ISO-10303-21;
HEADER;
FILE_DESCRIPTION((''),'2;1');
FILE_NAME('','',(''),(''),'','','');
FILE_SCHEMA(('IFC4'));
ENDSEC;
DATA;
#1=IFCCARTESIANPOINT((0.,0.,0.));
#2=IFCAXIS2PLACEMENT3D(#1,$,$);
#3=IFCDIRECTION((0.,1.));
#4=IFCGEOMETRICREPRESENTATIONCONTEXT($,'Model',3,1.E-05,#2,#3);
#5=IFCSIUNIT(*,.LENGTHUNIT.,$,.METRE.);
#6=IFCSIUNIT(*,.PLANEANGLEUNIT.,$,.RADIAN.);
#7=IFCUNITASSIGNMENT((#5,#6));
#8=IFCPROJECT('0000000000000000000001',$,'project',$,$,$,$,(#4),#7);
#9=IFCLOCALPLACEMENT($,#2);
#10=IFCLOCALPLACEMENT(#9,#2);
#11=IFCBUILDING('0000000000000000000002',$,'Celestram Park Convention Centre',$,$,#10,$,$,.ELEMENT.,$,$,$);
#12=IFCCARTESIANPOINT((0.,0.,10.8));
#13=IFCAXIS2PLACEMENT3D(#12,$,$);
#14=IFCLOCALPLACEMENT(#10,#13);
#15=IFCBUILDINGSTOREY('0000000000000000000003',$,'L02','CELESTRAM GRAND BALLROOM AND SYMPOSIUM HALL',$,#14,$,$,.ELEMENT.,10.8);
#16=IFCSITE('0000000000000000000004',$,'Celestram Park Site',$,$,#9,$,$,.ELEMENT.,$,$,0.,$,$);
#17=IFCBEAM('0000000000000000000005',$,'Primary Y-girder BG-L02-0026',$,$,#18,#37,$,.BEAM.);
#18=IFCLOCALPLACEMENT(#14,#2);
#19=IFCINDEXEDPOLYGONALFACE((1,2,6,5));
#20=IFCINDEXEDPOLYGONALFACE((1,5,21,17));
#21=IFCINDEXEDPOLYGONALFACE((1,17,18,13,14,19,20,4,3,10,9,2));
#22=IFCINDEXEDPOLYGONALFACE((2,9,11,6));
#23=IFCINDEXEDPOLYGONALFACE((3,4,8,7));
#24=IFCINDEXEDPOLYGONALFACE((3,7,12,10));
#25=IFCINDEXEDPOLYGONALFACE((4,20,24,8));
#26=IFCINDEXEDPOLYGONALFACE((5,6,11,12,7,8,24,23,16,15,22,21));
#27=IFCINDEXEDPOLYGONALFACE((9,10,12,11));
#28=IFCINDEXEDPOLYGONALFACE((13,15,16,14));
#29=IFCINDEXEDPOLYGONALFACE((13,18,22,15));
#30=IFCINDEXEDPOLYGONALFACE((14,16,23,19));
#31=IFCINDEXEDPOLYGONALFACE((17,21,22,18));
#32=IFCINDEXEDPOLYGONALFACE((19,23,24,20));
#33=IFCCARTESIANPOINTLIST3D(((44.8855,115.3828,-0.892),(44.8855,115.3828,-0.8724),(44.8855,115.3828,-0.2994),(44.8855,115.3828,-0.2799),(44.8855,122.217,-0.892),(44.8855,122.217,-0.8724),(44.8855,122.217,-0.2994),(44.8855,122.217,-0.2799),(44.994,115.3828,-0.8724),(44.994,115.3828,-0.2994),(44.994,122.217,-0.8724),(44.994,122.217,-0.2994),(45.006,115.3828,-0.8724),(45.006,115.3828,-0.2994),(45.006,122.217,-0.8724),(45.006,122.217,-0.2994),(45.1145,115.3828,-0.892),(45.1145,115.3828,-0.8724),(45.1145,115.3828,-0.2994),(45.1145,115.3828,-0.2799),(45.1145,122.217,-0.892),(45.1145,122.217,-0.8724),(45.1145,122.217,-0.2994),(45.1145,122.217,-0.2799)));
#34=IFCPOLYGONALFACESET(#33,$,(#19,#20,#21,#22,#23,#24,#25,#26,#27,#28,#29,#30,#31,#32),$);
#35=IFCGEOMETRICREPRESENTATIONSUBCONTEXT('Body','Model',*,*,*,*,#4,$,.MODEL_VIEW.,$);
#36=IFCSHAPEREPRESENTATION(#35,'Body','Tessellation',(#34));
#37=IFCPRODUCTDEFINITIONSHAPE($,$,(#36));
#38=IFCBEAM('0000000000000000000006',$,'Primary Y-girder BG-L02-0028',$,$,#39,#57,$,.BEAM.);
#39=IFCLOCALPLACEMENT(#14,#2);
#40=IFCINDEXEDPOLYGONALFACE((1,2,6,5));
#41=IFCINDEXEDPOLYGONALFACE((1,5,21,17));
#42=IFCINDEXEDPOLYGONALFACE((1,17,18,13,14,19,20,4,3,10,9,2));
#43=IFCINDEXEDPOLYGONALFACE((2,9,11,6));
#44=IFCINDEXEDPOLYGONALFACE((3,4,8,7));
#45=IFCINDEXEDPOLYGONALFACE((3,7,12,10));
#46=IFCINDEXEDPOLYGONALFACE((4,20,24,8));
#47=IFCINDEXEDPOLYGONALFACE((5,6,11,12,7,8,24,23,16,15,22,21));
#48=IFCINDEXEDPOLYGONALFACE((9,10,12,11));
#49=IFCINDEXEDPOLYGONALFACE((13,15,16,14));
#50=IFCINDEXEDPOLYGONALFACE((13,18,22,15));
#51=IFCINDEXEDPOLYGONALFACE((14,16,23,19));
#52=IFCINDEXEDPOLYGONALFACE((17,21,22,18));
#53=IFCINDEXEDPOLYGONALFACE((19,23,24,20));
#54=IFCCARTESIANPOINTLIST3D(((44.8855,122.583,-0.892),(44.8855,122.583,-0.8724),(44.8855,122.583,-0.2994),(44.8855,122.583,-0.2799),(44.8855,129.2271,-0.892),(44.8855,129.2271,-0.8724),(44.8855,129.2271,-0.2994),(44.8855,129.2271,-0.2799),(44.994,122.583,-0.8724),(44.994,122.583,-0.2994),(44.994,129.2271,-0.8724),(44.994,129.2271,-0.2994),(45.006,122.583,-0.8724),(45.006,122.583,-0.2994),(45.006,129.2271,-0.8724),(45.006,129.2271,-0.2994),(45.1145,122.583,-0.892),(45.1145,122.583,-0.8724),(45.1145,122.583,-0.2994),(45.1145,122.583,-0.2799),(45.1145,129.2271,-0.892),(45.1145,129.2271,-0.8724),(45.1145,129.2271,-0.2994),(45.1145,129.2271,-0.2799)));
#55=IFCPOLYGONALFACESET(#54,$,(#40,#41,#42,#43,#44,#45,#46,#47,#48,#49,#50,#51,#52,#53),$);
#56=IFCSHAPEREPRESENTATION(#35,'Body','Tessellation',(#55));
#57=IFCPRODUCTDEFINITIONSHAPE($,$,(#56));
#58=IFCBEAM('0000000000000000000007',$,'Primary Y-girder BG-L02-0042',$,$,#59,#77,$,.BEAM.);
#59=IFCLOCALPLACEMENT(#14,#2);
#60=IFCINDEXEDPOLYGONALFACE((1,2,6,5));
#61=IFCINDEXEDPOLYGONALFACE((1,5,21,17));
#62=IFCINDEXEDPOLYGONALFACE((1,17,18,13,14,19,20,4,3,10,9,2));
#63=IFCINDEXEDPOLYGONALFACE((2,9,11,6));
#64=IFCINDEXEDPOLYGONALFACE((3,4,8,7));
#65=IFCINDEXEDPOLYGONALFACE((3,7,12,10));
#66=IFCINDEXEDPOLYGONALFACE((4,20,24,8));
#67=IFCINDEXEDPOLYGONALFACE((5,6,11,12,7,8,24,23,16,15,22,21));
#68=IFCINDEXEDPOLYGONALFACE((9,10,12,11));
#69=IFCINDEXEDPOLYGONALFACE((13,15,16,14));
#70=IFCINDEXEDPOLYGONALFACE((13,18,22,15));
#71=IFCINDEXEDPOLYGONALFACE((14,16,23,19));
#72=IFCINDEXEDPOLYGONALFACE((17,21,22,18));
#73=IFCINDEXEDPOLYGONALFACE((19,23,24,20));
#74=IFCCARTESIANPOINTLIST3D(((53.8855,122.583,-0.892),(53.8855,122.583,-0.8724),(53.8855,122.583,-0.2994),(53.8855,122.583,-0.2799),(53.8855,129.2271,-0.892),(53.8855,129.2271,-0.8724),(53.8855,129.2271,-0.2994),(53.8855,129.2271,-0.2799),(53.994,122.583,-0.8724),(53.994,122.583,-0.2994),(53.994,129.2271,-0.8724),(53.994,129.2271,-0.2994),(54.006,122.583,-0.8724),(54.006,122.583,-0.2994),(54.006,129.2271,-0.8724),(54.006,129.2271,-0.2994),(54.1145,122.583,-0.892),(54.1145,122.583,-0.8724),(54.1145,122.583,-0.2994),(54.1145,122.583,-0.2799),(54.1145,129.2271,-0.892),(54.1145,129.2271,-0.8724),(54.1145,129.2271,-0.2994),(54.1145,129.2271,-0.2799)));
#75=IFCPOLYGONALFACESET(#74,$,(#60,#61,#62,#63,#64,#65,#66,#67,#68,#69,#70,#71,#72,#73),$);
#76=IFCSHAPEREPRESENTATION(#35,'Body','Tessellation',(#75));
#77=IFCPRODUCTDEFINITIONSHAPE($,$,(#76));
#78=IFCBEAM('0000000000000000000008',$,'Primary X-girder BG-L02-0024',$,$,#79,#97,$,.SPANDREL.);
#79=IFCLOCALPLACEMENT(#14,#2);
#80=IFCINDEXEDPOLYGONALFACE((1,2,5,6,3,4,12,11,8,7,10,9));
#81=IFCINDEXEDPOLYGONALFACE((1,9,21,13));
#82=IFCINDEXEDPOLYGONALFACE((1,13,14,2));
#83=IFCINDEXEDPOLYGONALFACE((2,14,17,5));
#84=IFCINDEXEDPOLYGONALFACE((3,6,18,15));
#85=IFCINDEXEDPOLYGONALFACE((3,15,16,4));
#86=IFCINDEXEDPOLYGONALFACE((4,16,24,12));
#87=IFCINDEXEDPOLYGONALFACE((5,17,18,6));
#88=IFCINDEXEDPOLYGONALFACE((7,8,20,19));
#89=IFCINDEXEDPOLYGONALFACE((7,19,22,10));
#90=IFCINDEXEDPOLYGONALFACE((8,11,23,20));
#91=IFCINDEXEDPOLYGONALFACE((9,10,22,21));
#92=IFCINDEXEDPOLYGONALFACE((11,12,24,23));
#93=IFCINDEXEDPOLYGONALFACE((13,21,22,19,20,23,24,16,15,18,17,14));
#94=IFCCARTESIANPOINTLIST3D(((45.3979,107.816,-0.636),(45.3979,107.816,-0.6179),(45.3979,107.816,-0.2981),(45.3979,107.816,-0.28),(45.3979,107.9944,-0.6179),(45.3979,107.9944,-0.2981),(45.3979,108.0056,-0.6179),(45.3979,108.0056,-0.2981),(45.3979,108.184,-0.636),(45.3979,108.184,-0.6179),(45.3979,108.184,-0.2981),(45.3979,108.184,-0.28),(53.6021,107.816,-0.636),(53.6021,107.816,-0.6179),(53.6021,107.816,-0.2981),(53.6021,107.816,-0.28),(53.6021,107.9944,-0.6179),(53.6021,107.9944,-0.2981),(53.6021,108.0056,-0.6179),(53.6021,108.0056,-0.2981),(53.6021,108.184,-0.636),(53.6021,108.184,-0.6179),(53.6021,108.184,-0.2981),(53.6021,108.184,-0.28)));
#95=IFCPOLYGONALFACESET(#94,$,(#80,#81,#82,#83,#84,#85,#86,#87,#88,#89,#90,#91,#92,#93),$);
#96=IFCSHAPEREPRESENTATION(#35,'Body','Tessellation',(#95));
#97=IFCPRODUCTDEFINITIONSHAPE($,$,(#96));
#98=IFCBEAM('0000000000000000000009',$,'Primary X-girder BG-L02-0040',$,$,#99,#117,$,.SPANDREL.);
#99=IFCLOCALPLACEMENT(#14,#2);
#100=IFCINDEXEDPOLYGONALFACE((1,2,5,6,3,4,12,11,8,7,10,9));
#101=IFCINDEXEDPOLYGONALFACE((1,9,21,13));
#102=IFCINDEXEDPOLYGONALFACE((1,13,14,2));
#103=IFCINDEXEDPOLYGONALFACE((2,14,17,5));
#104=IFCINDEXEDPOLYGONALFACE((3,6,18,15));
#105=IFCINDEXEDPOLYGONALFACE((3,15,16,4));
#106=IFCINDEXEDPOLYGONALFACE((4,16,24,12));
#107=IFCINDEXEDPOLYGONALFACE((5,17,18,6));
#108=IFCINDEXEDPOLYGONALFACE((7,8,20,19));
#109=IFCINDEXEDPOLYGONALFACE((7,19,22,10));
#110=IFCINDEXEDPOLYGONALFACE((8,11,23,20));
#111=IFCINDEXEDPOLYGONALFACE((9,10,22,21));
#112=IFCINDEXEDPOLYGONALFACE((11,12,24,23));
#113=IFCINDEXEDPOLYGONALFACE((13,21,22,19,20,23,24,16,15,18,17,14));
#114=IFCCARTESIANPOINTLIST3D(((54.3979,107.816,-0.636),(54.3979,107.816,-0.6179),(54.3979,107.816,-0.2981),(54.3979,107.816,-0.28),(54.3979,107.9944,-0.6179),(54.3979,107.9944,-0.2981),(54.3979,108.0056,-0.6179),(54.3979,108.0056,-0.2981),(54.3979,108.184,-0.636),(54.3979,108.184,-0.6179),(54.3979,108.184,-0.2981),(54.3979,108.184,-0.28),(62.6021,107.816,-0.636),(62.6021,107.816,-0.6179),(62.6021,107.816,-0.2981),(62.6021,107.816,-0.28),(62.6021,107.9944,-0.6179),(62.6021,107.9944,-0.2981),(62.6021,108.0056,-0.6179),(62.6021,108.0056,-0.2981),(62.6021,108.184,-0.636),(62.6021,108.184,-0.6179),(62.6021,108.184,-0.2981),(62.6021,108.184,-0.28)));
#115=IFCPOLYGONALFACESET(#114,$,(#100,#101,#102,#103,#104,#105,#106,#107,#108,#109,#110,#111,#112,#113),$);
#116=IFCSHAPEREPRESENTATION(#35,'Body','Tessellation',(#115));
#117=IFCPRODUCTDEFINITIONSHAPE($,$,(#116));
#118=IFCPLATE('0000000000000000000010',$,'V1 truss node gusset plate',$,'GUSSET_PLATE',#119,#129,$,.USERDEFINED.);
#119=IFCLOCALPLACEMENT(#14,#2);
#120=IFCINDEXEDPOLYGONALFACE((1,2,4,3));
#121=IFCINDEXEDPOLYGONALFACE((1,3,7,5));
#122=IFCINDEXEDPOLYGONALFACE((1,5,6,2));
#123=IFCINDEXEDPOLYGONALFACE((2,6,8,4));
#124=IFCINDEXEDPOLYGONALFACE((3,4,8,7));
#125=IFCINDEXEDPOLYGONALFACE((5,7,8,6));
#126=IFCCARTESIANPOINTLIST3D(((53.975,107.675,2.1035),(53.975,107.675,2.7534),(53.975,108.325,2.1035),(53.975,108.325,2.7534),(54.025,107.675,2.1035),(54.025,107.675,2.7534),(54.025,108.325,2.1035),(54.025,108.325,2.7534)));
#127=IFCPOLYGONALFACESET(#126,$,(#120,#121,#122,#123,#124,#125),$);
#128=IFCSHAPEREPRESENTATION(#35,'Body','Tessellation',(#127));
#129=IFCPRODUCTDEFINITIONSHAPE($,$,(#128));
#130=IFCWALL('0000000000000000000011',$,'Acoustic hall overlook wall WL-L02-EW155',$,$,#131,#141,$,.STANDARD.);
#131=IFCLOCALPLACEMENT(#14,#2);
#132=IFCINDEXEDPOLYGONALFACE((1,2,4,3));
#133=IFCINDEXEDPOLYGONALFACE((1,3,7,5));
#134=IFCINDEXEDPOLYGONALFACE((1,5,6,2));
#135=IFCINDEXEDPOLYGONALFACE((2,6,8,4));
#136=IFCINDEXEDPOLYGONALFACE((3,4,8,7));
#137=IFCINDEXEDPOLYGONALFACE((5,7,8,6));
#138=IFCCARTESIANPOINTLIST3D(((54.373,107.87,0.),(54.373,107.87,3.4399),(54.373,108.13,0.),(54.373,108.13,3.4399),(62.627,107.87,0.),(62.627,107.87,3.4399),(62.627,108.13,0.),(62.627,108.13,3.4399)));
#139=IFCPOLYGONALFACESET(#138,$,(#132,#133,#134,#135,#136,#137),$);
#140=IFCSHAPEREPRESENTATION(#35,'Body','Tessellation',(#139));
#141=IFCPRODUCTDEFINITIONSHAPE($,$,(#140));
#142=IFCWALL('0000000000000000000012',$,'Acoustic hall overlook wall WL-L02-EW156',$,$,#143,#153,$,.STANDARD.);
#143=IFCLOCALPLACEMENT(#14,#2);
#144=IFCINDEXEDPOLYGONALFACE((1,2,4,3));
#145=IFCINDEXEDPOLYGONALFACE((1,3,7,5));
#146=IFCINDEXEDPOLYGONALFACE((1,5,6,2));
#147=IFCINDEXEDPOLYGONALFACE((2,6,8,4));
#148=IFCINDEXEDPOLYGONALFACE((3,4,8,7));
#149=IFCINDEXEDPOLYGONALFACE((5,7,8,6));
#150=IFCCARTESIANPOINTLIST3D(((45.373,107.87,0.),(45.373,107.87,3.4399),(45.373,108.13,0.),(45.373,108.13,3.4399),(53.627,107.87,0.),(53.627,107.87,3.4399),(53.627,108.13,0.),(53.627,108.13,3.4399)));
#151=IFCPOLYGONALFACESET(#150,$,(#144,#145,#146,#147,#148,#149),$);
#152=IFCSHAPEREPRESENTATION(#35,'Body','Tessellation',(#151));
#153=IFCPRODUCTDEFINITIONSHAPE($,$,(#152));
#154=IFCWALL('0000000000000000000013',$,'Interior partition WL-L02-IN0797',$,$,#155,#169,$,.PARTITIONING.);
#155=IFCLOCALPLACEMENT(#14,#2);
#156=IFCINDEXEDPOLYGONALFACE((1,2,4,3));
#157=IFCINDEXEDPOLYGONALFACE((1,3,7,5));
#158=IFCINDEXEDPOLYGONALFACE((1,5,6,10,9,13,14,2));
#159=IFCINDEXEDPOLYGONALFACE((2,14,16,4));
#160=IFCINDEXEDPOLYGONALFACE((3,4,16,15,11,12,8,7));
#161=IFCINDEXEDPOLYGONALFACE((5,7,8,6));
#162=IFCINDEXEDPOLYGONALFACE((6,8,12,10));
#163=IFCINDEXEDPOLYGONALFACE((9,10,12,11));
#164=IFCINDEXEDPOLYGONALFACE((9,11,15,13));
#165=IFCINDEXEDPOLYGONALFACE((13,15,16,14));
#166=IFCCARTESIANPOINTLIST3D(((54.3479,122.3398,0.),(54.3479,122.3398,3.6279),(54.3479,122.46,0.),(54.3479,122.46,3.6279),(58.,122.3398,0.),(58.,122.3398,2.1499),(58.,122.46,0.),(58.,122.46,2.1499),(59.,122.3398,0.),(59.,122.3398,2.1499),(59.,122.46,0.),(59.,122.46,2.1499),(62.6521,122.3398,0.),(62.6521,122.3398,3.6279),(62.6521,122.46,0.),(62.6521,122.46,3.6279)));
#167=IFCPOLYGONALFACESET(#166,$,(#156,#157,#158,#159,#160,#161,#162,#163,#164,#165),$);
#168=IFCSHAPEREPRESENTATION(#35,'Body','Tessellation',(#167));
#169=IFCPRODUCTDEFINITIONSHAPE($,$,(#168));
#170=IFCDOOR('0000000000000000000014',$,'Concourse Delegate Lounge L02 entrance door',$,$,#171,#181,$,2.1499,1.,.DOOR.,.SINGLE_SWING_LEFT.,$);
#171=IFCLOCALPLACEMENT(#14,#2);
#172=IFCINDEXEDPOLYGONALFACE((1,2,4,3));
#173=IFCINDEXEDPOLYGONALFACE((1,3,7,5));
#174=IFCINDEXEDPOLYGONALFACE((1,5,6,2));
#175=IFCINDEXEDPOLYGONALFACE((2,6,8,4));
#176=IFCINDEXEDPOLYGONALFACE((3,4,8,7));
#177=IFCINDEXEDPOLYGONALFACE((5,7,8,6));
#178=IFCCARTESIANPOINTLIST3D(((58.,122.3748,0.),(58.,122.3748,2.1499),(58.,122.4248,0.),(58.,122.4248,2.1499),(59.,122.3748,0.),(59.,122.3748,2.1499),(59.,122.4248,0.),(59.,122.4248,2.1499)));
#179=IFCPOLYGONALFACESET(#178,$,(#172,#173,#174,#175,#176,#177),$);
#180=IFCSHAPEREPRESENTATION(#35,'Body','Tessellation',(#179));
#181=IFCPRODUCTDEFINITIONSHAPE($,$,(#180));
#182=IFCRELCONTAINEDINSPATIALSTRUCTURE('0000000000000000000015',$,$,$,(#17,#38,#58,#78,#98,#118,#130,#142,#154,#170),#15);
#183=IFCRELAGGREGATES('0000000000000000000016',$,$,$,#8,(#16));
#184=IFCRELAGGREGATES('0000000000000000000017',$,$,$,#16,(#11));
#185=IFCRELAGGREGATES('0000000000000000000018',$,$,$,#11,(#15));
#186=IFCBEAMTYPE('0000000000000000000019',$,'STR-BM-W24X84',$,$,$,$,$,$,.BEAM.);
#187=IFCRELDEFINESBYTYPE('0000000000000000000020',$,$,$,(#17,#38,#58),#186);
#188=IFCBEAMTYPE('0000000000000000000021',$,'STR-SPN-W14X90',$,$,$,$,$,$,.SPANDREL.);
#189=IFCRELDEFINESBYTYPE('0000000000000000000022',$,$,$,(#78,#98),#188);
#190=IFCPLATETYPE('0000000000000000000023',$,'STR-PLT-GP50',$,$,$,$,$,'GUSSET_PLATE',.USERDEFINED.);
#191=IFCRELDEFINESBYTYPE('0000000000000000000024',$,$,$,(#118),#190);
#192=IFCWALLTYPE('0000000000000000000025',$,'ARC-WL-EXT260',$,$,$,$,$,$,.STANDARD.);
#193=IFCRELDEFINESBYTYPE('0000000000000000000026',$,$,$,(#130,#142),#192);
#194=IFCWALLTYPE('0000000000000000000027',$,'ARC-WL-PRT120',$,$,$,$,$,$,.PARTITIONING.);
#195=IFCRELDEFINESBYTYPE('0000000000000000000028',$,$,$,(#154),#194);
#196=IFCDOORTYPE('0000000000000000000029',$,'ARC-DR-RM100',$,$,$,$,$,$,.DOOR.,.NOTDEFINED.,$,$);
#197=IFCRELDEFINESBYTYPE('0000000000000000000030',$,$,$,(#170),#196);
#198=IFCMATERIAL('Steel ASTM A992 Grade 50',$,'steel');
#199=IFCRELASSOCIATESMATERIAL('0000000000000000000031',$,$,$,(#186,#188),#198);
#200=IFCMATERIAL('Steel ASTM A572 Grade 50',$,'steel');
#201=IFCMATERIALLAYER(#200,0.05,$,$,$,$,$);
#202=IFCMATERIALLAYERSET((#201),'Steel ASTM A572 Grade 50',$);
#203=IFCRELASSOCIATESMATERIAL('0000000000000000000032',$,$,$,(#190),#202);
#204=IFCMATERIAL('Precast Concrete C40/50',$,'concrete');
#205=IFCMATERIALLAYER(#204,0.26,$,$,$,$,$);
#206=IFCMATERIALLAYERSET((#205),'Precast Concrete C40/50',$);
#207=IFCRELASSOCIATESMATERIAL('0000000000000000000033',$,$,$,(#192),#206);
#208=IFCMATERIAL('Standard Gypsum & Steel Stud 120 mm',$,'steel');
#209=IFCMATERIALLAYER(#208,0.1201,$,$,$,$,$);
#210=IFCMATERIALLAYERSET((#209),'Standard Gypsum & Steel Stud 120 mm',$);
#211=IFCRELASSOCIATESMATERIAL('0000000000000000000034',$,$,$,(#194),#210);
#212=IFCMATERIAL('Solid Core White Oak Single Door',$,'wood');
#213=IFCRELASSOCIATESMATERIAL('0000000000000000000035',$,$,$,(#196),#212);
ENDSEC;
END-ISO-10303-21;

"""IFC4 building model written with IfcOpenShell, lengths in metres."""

from ifc_helpers import new_model, si_unit, direction, frame, frame_2d, origin, origin_2d, place, context, subcontext, project, spatial, rectangle, i_section, extrude, material, layer, layer_set, material_profile, profile_set, type_object, element, fill, save


model = new_model("IFC4")

# Units and contexts
model_context = context("Model", 3, precision=1e-05, world=origin(), true_north=direction((0.0, 1.0)))
body_context = subcontext(model_context, "Body", "Model", "MODEL_VIEW")
ifc_project = project(units=[si_unit("LENGTHUNIT", "METRE"), si_unit("PLANEANGLEUNIT", "RADIAN")], contexts=[model_context])

# Site, building, storey
site_placement = place(None, origin())
site = spatial("IfcSite", under=ifc_project, at=site_placement, Name="Celestram Park Site", CompositionType="ELEMENT", RefElevation=0.0)
building_placement = place(site_placement, origin())
building = spatial("IfcBuilding", under=site, at=building_placement, Name="Celestram Park Convention Centre", CompositionType="ELEMENT")
storey_placement = place(building_placement, frame((0.0, 0.0, 10.8)))
storey = spatial("IfcBuildingStorey", under=building, at=storey_placement, Name="L02", Description="CELESTRAM GRAND BALLROOM AND SYMPOSIUM HALL", CompositionType="ELEMENT", Elevation=10.8)

# Beams
ifc_material_1 = material(Name="Steel ASTM A992 Grade 50", Category="steel")
ifc_material_profile_1 = material_profile(ifc_material_1, i_section(OverallWidth=0.229, OverallDepth=0.6121, WebThickness=0.012, FlangeThickness=0.0195, at=origin_2d()), Name="W24X84")
ifc_profile_set_1 = profile_set([ifc_material_profile_1], Name="Steel ASTM A992 Grade 50")
beam_type_1 = type_object("IfcBeamType", Name="STR-BM-W24X84", PredefinedType="BEAM", material=ifc_profile_set_1)
beam_1_placement = place(storey_placement, frame((45.0, 115.3828, -0.5859), z_axis=(0.0, 1.0, 0.0), x_axis=(-1.0, 0.0, 0.0)))
element("IfcBeam", 1, at=beam_1_placement, inside=storey, type_object=beam_type_1, Name="Primary Y-girder BG-L02-0026", PredefinedType="BEAM", context=body_context, shape_type="SweptSolid", body=[
    extrude(i_section(OverallWidth=0.229, OverallDepth=0.6121, WebThickness=0.012, FlangeThickness=0.0195, at=origin_2d()), origin(), (0.0, 0.0, 1.0), 6.8342),
])
for number, where, z_axis, x_axis, name in (
    (2, (45.0, 122.583, -0.5859), (0.0, 1.0, 0.0), (-1.0, 0.0, 0.0), "Primary Y-girder BG-L02-0028"),
    (3, (54.0, 122.583, -0.5859), (0.0, 1.0, 0.0), (-1.0, 0.0, 0.0), "Primary Y-girder BG-L02-0042"),
):
    element("IfcBeam", number, at=place(storey_placement, frame(where, z_axis=z_axis, x_axis=x_axis)), inside=storey, type_object=beam_type_1, Name=name, PredefinedType="BEAM", context=body_context, shape_type="SweptSolid", body=[
        extrude(i_section(OverallWidth=0.229, OverallDepth=0.6121, WebThickness=0.012, FlangeThickness=0.0195, at=origin_2d()), origin(), (0.0, 0.0, 1.0), 6.644),
    ])
ifc_material_profile_2 = material_profile(ifc_material_1, i_section(OverallWidth=0.3679, OverallDepth=0.356, WebThickness=0.0112, FlangeThickness=0.0181, at=origin_2d()), Name="W14X90")
ifc_profile_set_2 = profile_set([ifc_material_profile_2], Name="Steel ASTM A992 Grade 50")
beam_type_2 = type_object("IfcBeamType", Name="STR-SPN-W14X90", PredefinedType="SPANDREL", material=ifc_profile_set_2)
for number, where, z_axis, x_axis, name in (
    (4, (45.3979, 108.0, -0.458), (1.0, 0.0, 0.0), (0.0, 1.0, 0.0), "Primary X-girder BG-L02-0024"),
    (5, (54.3979, 108.0, -0.458), (1.0, 0.0, 0.0), (0.0, 1.0, 0.0), "Primary X-girder BG-L02-0040"),
):
    element("IfcBeam", number, at=place(storey_placement, frame(where, z_axis=z_axis, x_axis=x_axis)), inside=storey, type_object=beam_type_2, Name=name, PredefinedType="SPANDREL", context=body_context, shape_type="SweptSolid", body=[
        extrude(i_section(OverallWidth=0.3679, OverallDepth=0.356, WebThickness=0.0112, FlangeThickness=0.0181, at=origin_2d()), origin(), (0.0, 0.0, 1.0), 8.2041),
    ])

# Plate
ifc_material_2 = material(Name="Steel ASTM A572 Grade 50", Category="steel")
ifc_layer_1 = layer(ifc_material_2, 0.05)
ifc_layer_set_1 = layer_set([ifc_layer_1], Name="Steel ASTM A572 Grade 50")
plate_type = type_object("IfcPlateType", Name="STR-PLT-GP50", ElementType="GUSSET_PLATE", PredefinedType="USERDEFINED", material=ifc_layer_set_1)
plate_placement = place(storey_placement, frame((54.0, 108.0, 2.1035), z_axis=(0.0, 0.0, 1.0), x_axis=(0.0, 1.0, 0.0)))
element("IfcPlate", 6, at=plate_placement, inside=storey, type_object=plate_type, Name="V1 truss node gusset plate", ObjectType="GUSSET_PLATE", PredefinedType="USERDEFINED", context=body_context, shape_type="SweptSolid", body=[
    extrude(rectangle(XDim=0.6499, YDim=0.05, at=origin_2d()), origin(), (0.0, 0.0, 1.0), 0.6499),
])

# Walls
ifc_material_3 = material(Name="Precast Concrete C40/50", Category="concrete")
ifc_layer_2 = layer(ifc_material_3, 0.26)
ifc_layer_set_2 = layer_set([ifc_layer_2], Name="Precast Concrete C40/50")
wall_type_1 = type_object("IfcWallType", Name="ARC-WL-EXT260", PredefinedType="STANDARD", material=ifc_layer_set_2)
for number, where, z_axis, x_axis, name in (
    (7, (62.627, 108.0, 0.0), (0.0, 0.0, 1.0), (-1.0, 0.0, 0.0), "Acoustic hall overlook wall WL-L02-EW155"),
    (8, (53.627, 108.0, 0.0), (0.0, 0.0, 1.0), (-1.0, 0.0, 0.0), "Acoustic hall overlook wall WL-L02-EW156"),
):
    element("IfcWall", number, at=place(storey_placement, frame(where, z_axis=z_axis, x_axis=x_axis)), inside=storey, type_object=wall_type_1, Name=name, PredefinedType="STANDARD", context=body_context, shape_type="SweptSolid", body=[
        extrude(rectangle(XDim=8.2539, YDim=0.26, at=frame_2d((4.127, 0.0))), origin(), (0.0, 0.0, 1.0), 3.4399),
    ])

# Wall, opening, door
ifc_material_4 = material(Name="Standard Gypsum & Steel Stud 120 mm", Category="steel")
ifc_layer_3 = layer(ifc_material_4, 0.1201)
ifc_layer_set_3 = layer_set([ifc_layer_3], Name="Standard Gypsum & Steel Stud 120 mm")
wall_type_2 = type_object("IfcWallType", Name="ARC-WL-PRT120", PredefinedType="PARTITIONING", material=ifc_layer_set_3)
wall_1_placement = place(storey_placement, frame((54.3479, 122.3999, 0.0), z_axis=(0.0, 0.0, 1.0), x_axis=(1.0, 0.0, 0.0)))
wall_1 = element("IfcWall", 9, at=wall_1_placement, inside=storey, type_object=wall_type_2, Name="Interior partition WL-L02-IN0797", PredefinedType="PARTITIONING", context=body_context, shape_type="SweptSolid", body=[
    extrude(rectangle(XDim=8.3042, YDim=0.1201, at=frame_2d((4.1521, 0.0))), origin(), (0.0, 0.0, 1.0), 3.6279),
])
opening_placement = place(wall_1_placement, frame((3.6521, 0.0, 0.0)))
opening = element("IfcOpeningElement", 10, at=opening_placement, cuts=wall_1, PredefinedType="OPENING", context=body_context, shape_type="SweptSolid", body=[
    extrude(rectangle(XDim=1.0, YDim=2.1499, at=frame_2d((0.5, 1.075))), frame((0.0, 0.0701, 0.0), z_axis=(0.0, -1.0, 0.0), x_axis=(1.0, 0.0, 0.0)), (0.0, 0.0, 1.0), 0.1401),
])
ifc_material_5 = material(Name="Solid Core White Oak Single Door", Category="wood")
door_type = type_object("IfcDoorType", Name="ARC-DR-RM100", OperationType="NOTDEFINED", PredefinedType="DOOR", material=ifc_material_5)
door_placement = place(opening_placement, origin())
door = element("IfcDoor", 11, at=door_placement, inside=storey, type_object=door_type, Name="Concourse Delegate Lounge L02 entrance door", OperationType="SINGLE_SWING_LEFT", OverallHeight=2.1499, OverallWidth=1.0, PredefinedType="DOOR", context=body_context, shape_type="SweptSolid", body=[
    extrude(rectangle(XDim=1.0, YDim=2.1499, at=frame_2d((0.5, 1.075))), frame((0.0, 0.0249, 0.0), z_axis=(0.0, -1.0, 0.0), x_axis=(1.0, 0.0, 0.0)), (0.0, 0.0, 1.0), 0.05),
])
fill(opening, door)

save(model, "model.ifc")
